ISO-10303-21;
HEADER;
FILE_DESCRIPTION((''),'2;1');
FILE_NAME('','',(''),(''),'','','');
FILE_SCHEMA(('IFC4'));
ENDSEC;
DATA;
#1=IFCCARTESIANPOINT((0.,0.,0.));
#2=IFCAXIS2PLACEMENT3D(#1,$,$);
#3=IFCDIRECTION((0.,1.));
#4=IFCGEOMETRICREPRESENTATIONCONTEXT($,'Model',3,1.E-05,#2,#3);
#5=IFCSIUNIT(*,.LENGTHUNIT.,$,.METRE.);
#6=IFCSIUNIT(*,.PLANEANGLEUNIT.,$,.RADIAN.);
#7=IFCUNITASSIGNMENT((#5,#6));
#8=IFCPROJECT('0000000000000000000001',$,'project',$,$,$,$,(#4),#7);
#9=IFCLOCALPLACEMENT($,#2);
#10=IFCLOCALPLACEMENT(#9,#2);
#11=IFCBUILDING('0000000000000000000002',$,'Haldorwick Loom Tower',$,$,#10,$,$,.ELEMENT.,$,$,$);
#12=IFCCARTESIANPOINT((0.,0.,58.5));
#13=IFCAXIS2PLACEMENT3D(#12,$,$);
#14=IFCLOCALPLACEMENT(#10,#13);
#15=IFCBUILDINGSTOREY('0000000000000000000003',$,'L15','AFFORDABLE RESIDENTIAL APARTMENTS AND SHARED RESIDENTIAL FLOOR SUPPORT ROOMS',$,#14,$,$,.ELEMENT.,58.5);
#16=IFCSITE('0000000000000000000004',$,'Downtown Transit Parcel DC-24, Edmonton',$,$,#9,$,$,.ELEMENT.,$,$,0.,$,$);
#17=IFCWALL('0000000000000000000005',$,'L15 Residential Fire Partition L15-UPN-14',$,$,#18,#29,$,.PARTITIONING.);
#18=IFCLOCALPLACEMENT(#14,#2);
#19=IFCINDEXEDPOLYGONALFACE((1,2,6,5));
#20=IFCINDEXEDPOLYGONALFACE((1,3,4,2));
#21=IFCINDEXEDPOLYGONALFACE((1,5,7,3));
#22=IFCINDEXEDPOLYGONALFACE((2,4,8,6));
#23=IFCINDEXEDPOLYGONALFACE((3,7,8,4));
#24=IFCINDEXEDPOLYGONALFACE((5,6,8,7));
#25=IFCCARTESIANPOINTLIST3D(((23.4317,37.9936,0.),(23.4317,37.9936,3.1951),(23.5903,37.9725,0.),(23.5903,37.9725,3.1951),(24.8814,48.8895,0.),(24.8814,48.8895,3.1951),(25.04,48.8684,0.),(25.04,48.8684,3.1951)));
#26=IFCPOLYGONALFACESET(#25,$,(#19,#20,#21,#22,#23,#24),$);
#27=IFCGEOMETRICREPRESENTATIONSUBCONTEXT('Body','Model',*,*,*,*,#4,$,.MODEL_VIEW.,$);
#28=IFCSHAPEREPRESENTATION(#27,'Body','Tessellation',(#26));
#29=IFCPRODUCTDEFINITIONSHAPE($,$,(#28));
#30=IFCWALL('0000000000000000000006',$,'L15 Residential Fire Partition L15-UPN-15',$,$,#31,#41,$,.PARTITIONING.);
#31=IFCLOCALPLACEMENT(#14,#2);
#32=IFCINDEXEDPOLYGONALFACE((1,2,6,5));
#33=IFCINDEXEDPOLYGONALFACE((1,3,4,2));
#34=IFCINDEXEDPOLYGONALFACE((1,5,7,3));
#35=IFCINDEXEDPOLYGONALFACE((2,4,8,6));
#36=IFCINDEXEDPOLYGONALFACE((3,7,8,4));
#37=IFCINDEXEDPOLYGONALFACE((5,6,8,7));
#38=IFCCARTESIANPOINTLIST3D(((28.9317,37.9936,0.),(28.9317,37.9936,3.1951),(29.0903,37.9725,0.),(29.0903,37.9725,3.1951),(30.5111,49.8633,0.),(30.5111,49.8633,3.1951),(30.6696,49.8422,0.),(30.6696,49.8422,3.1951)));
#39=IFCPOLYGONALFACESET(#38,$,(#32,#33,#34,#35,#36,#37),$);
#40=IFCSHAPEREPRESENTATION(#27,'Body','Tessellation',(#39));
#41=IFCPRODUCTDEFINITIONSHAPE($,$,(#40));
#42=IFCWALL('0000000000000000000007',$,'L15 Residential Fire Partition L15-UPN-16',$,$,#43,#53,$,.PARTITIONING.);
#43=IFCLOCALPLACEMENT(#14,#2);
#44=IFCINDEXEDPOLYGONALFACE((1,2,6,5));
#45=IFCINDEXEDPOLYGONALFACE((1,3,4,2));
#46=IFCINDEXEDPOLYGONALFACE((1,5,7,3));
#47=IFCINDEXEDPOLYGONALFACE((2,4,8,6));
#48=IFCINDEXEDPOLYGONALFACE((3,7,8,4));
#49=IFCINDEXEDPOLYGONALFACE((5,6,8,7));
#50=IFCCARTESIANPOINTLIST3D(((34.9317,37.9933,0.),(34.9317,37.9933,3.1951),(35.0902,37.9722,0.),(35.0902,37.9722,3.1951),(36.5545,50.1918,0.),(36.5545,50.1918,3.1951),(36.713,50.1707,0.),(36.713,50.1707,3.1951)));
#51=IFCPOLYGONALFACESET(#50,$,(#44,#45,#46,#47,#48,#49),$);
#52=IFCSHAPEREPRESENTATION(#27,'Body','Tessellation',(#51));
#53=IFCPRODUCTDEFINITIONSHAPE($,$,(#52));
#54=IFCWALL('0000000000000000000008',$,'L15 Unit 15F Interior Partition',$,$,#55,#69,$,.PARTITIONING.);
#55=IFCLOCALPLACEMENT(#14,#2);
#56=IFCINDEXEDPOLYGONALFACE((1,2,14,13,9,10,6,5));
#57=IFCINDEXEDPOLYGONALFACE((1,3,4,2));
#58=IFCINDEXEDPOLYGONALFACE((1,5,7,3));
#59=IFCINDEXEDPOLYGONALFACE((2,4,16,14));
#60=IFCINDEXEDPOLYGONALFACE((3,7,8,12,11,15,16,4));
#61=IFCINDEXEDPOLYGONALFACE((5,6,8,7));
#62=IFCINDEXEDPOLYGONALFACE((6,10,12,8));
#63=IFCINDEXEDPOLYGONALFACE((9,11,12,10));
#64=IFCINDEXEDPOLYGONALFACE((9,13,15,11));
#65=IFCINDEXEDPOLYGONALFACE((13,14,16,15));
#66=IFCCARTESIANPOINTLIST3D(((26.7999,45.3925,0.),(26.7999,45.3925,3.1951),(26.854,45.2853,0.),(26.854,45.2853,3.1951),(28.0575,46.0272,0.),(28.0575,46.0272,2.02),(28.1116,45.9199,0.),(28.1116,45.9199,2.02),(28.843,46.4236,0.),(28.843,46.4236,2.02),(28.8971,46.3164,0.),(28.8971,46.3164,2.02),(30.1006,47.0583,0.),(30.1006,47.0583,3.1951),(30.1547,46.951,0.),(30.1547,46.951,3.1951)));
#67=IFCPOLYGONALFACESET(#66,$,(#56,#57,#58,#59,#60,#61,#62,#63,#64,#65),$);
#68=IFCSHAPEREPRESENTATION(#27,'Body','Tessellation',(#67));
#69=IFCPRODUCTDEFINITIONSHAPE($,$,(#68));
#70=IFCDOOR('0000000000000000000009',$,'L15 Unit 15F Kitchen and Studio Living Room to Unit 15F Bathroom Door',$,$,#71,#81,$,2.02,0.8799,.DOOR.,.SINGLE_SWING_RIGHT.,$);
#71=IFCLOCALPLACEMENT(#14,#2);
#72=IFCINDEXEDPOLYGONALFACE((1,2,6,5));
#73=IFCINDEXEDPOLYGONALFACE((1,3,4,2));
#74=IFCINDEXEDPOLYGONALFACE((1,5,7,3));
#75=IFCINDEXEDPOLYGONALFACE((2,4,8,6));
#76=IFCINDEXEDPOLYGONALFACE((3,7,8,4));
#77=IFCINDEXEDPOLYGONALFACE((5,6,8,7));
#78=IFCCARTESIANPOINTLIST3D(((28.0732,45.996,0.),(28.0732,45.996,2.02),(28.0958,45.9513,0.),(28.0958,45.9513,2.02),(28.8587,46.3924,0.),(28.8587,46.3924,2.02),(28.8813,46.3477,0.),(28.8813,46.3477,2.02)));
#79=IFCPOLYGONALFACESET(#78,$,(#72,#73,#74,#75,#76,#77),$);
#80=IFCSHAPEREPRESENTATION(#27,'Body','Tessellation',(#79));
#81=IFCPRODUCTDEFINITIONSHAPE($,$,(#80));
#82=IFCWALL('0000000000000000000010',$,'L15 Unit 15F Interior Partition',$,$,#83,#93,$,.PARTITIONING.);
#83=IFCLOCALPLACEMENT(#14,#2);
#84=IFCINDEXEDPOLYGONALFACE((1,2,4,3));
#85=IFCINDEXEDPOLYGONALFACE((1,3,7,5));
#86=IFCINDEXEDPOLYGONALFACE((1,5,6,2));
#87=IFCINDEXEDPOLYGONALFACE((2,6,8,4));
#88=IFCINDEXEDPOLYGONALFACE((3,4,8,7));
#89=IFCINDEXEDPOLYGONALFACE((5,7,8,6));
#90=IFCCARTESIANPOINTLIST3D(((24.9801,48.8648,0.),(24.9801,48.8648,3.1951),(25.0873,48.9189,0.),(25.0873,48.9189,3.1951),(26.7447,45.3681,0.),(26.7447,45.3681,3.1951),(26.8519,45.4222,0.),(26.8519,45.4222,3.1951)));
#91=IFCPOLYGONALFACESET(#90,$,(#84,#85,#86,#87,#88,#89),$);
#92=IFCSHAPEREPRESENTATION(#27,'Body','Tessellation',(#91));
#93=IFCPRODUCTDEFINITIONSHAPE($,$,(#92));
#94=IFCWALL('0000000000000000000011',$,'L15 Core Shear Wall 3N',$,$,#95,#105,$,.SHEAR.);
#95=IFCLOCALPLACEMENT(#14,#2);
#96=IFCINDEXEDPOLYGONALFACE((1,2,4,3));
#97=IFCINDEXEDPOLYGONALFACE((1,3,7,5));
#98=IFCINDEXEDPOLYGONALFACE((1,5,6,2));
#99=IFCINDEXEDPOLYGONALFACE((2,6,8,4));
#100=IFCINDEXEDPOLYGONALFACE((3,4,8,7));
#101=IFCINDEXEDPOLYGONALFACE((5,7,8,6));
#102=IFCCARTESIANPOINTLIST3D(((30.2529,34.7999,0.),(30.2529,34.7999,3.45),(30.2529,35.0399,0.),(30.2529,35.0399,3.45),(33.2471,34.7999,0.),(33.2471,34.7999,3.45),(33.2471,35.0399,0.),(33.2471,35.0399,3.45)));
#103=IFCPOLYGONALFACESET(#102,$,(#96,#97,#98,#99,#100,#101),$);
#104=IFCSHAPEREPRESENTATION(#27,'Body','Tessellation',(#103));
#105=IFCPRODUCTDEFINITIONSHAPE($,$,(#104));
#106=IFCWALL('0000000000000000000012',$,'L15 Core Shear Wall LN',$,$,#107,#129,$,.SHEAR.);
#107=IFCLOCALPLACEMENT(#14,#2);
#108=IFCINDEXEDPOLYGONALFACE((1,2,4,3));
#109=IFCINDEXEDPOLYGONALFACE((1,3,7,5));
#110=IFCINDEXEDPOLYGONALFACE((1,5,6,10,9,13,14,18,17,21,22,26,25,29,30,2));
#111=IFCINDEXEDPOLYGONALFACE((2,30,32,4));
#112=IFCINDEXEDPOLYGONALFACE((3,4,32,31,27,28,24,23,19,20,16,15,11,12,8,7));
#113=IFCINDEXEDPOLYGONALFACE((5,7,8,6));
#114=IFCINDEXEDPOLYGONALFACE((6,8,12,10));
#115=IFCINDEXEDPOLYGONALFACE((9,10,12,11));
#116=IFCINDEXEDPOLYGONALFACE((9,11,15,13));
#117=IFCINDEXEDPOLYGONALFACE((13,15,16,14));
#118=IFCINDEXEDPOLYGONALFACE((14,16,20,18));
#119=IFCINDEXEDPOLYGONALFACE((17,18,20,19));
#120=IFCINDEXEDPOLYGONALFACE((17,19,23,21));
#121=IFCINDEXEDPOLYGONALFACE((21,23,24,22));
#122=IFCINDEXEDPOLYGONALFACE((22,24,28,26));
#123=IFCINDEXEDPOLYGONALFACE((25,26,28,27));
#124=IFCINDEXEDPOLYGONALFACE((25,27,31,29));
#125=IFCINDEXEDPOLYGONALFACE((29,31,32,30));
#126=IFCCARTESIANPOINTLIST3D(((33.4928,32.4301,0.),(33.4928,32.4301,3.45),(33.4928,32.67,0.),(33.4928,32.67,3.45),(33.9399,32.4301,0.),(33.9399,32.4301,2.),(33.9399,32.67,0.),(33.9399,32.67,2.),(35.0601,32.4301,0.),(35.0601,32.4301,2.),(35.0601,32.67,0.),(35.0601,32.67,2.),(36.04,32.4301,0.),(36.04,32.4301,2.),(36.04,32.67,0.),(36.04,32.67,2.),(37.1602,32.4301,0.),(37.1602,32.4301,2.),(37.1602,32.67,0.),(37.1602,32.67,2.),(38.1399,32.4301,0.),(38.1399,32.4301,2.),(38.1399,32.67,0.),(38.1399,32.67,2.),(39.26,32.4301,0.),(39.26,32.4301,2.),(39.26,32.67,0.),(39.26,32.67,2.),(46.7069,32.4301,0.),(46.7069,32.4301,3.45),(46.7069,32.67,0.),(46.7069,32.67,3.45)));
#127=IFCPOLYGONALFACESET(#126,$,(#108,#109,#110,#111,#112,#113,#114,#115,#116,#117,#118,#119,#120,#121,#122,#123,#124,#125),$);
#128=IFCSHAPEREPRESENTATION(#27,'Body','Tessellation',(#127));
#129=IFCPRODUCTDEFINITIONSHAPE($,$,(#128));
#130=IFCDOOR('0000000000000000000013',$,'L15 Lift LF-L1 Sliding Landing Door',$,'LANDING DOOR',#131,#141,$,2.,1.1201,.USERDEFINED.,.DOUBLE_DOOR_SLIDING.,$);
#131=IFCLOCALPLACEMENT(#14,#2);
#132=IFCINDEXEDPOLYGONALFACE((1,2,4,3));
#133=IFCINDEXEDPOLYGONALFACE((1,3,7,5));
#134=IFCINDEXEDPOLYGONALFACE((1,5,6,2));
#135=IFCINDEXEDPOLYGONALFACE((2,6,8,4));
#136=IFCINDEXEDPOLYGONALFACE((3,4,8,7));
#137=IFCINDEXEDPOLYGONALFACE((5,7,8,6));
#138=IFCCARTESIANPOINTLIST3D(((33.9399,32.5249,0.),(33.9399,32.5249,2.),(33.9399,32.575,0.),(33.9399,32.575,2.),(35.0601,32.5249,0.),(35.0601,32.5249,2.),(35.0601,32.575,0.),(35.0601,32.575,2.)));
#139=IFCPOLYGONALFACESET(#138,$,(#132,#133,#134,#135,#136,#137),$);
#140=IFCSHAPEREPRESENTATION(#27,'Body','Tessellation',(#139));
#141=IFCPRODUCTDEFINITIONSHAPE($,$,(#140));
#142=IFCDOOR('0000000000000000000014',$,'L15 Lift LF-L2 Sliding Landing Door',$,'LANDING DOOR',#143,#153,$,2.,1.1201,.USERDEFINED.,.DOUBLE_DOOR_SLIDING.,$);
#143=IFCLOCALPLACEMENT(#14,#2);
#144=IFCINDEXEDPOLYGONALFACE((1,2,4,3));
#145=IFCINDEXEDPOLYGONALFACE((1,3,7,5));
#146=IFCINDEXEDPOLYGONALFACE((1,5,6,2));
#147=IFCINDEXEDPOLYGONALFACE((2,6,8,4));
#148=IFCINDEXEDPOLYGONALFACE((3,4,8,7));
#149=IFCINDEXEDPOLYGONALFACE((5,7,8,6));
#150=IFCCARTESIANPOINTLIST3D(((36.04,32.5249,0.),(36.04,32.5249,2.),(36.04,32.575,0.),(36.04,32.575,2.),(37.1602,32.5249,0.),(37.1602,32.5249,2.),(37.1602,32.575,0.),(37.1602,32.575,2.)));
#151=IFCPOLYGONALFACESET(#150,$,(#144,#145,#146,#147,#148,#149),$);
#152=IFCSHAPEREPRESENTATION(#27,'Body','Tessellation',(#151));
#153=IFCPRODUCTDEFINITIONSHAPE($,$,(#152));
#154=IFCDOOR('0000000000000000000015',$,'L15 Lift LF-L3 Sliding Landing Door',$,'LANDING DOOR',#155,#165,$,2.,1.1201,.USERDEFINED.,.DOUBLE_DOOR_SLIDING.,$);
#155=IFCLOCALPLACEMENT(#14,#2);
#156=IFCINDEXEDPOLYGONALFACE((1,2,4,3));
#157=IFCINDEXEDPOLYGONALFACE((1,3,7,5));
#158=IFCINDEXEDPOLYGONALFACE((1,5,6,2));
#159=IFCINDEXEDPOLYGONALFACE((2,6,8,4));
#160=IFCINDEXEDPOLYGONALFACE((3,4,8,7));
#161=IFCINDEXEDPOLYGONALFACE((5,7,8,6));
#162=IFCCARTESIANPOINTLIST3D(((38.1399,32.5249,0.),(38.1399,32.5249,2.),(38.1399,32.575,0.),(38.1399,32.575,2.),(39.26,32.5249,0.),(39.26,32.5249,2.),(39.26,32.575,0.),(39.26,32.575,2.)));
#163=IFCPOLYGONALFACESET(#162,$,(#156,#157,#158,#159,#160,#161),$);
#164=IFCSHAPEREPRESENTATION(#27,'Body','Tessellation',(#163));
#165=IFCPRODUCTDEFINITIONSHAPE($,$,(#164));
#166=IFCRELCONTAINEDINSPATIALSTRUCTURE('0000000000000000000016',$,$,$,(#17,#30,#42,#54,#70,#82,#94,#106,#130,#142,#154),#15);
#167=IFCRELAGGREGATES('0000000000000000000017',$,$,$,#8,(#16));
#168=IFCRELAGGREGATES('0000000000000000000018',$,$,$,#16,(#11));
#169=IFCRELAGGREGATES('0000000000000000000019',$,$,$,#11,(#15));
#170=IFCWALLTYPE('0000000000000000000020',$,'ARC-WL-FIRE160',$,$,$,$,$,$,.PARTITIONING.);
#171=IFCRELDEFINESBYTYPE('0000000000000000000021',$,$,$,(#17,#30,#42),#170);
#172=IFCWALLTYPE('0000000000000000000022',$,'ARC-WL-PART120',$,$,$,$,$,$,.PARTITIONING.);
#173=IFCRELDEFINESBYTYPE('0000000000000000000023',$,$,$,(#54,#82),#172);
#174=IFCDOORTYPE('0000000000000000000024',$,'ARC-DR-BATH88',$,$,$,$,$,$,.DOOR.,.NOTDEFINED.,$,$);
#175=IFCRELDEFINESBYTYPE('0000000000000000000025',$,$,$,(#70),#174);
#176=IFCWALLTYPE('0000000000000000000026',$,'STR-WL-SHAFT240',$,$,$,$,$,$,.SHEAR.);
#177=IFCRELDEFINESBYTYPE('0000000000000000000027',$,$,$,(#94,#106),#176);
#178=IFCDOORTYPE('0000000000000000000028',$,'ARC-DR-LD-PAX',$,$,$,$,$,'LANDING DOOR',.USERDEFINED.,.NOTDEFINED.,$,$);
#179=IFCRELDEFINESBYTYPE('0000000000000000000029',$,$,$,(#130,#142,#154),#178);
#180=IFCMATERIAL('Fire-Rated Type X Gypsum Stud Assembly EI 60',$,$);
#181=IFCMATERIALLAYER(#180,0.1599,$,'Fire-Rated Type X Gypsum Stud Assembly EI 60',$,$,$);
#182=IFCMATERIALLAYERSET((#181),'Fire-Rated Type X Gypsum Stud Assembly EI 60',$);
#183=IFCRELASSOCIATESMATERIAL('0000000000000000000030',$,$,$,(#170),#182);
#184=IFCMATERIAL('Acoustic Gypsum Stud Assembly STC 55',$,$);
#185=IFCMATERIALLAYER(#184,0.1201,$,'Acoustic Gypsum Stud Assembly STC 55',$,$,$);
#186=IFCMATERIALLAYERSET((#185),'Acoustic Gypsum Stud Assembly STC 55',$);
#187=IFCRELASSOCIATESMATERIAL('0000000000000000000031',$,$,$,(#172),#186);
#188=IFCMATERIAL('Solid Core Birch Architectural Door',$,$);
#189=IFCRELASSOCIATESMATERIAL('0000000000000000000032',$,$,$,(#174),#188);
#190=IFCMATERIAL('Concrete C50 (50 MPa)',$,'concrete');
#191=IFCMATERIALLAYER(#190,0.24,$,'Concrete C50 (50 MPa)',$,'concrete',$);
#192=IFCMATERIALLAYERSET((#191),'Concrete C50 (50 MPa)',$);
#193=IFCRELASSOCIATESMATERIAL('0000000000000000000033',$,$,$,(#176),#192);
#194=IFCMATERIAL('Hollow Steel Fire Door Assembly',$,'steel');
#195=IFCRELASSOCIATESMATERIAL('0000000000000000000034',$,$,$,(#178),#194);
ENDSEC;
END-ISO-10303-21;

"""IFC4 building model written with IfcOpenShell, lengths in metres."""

from ifc_helpers import new_model, si_unit, direction, frame, frame_2d, origin, place, context, subcontext, project, spatial, rectangle, extrude, material, layer, layer_set, type_object, element, fill, save


model = new_model("IFC4")

# Units and contexts
model_context = context("Model", 3, precision=1e-05, world=origin(), true_north=direction((0.0, 1.0)))
body_context = subcontext(model_context, "Body", "Model", "MODEL_VIEW")
ifc_project = project(units=[si_unit("LENGTHUNIT", "METRE"), si_unit("PLANEANGLEUNIT", "RADIAN")], contexts=[model_context])

# Site, building, storey
site_placement = place(None, origin())
site = spatial("IfcSite", under=ifc_project, at=site_placement, Name="Downtown Transit Parcel DC-24, Edmonton", CompositionType="ELEMENT", RefElevation=0.0)
building_placement = place(site_placement, origin())
building = spatial("IfcBuilding", under=site, at=building_placement, Name="Haldorwick Loom Tower", CompositionType="ELEMENT")
storey_placement = place(building_placement, frame((0.0, 0.0, 58.5)))
storey = spatial("IfcBuildingStorey", under=building, at=storey_placement, Name="L15", Description="AFFORDABLE RESIDENTIAL APARTMENTS AND SHARED RESIDENTIAL FLOOR SUPPORT ROOMS", CompositionType="ELEMENT", Elevation=58.5)

# Walls
ifc_material_1 = material(Name="Fire-Rated Type X Gypsum Stud Assembly EI 60")
ifc_layer_1 = layer(ifc_material_1, 0.1599, Name="Fire-Rated Type X Gypsum Stud Assembly EI 60")
ifc_layer_set_1 = layer_set([ifc_layer_1], Name="Fire-Rated Type X Gypsum Stud Assembly EI 60")
wall_type_1 = type_object("IfcWallType", Name="ARC-WL-FIRE160", PredefinedType="PARTITIONING", material=ifc_layer_set_1)
wall_1_placement = place(storey_placement, frame((23.511, 37.9829, 0.0), z_axis=(0.0, 0.0, 1.0), x_axis=(0.131887, 0.991265, 0.0)))
element("IfcWall", 1, at=wall_1_placement, inside=storey, type_object=wall_type_1, Name="L15 Residential Fire Partition L15-UPN-14", PredefinedType="PARTITIONING", context=body_context, shape_type="SweptSolid", body=[
    extrude(rectangle(XDim=10.9919, YDim=0.1599, at=frame_2d((5.4961, 0.0))), origin(), (0.0, 0.0, 1.0), 3.1951),
])
wall_2_placement = place(storey_placement, frame((29.011, 37.9829, 0.0), z_axis=(0.0, 0.0, 1.0), x_axis=(0.131893, 0.991264, 0.0)))
element("IfcWall", 2, at=wall_2_placement, inside=storey, type_object=wall_type_1, Name="L15 Residential Fire Partition L15-UPN-15", PredefinedType="PARTITIONING", context=body_context, shape_type="SweptSolid", body=[
    extrude(rectangle(XDim=11.9744, YDim=0.1599, at=frame_2d((5.9873, 0.0))), origin(), (0.0, 0.0, 1.0), 3.1951),
])
wall_3_placement = place(storey_placement, frame((35.011, 37.9829, 0.0), z_axis=(0.0, 0.0, 1.0), x_axis=(0.131871, 0.991267, 0.0)))
element("IfcWall", 3, at=wall_3_placement, inside=storey, type_object=wall_type_1, Name="L15 Residential Fire Partition L15-UPN-16", PredefinedType="PARTITIONING", context=body_context, shape_type="SweptSolid", body=[
    extrude(rectangle(XDim=12.3059, YDim=0.1599, at=frame_2d((6.1528, 0.0))), origin(), (0.0, 0.0, 1.0), 3.1951),
])

# Wall, opening, door
ifc_material_2 = material(Name="Acoustic Gypsum Stud Assembly STC 55")
ifc_layer_2 = layer(ifc_material_2, 0.1201, Name="Acoustic Gypsum Stud Assembly STC 55")
ifc_layer_set_2 = layer_set([ifc_layer_2], Name="Acoustic Gypsum Stud Assembly STC 55")
wall_type_2 = type_object("IfcWallType", Name="ARC-WL-PART120", PredefinedType="PARTITIONING", material=ifc_layer_set_2)
wall_4_placement = place(storey_placement, frame((30.1277, 47.0046, 0.0), z_axis=(0.0, 0.0, 1.0), x_axis=(-0.892757, -0.450539, 0.0)))
wall_4 = element("IfcWall", 4, at=wall_4_placement, inside=storey, type_object=wall_type_2, Name="L15 Unit 15F Interior Partition", PredefinedType="PARTITIONING", context=body_context, shape_type="SweptSolid", body=[
    extrude(rectangle(XDim=3.6973, YDim=0.1201, at=frame_2d((1.8486, 0.0))), origin(), (0.0, 0.0, 1.0), 3.1951),
])
opening_1_placement = place(wall_4_placement, frame((1.4087, 0.0, 0.0)))
opening_1 = element("IfcOpeningElement", 5, at=opening_1_placement, cuts=wall_4, PredefinedType="OPENING", context=body_context, shape_type="SweptSolid", body=[
    extrude(rectangle(XDim=0.8799, YDim=2.02, at=frame_2d((0.4399, 1.01))), frame((0.0, 0.0701, 0.0), z_axis=(0.0, -1.0, 0.0), x_axis=(1.0, 0.0, 0.0)), (0.0, 0.0, 1.0), 0.1401),
])
ifc_material_3 = material(Name="Solid Core Birch Architectural Door")
door_type_1 = type_object("IfcDoorType", Name="ARC-DR-BATH88", OperationType="NOTDEFINED", PredefinedType="DOOR", material=ifc_material_3)
door_1_placement = place(opening_1_placement, origin())
door_1 = element("IfcDoor", 6, at=door_1_placement, inside=storey, type_object=door_type_1, Name="L15 Unit 15F Kitchen and Studio Living Room to Unit 15F Bathroom Door", OperationType="SINGLE_SWING_RIGHT", OverallHeight=2.02, OverallWidth=0.8799, PredefinedType="DOOR", context=body_context, shape_type="SweptSolid", body=[
    extrude(rectangle(XDim=0.8799, YDim=2.02, at=frame_2d((0.4399, 1.01))), frame((0.0, 0.0249, 0.0), z_axis=(0.0, -1.0, 0.0), x_axis=(1.0, 0.0, 0.0)), (0.0, 0.0, 1.0), 0.05),
])
fill(opening_1, door_1)

# Walls
wall_5_placement = place(storey_placement, frame((26.7983, 45.395, 0.0), z_axis=(0.0, 0.0, 1.0), x_axis=(-0.450527, 0.892763, 0.0)))
element("IfcWall", 7, at=wall_5_placement, inside=storey, type_object=wall_type_2, Name="L15 Unit 15F Interior Partition", PredefinedType="PARTITIONING", context=body_context, shape_type="SweptSolid", body=[
    extrude(rectangle(XDim=3.9167, YDim=0.1201, at=frame_2d((1.9585, 0.0))), origin(), (0.0, 0.0, 1.0), 3.1951),
])
ifc_material_4 = material(Name="Concrete C50 (50 MPa)", Category="concrete")
ifc_layer_3 = layer(ifc_material_4, 0.24, Name="Concrete C50 (50 MPa)", Category="concrete")
ifc_layer_set_3 = layer_set([ifc_layer_3], Name="Concrete C50 (50 MPa)")
wall_type_3 = type_object("IfcWallType", Name="STR-WL-SHAFT240", PredefinedType="SHEAR", material=ifc_layer_set_3)
wall_6_placement = place(storey_placement, frame((30.2529, 34.9199, 0.0), z_axis=(0.0, 0.0, 1.0), x_axis=(1.0, 0.0, 0.0)))
element("IfcWall", 8, at=wall_6_placement, inside=storey, type_object=wall_type_3, Name="L15 Core Shear Wall 3N", PredefinedType="SHEAR", context=body_context, shape_type="SweptSolid", body=[
    extrude(rectangle(XDim=2.9941, YDim=0.24, at=frame_2d((1.4971, 0.0))), origin(), (0.0, 0.0, 1.0), 3.45),
])

# Wall, openings, doors
wall_7_placement = place(storey_placement, frame((33.4929, 32.55, 0.0), z_axis=(0.0, 0.0, 1.0), x_axis=(1.0, 0.0, 0.0)))
wall_7 = element("IfcWall", 9, at=wall_7_placement, inside=storey, type_object=wall_type_3, Name="L15 Core Shear Wall LN", PredefinedType="SHEAR", context=body_context, shape_type="SweptSolid", body=[
    extrude(rectangle(XDim=13.2141, YDim=0.24, at=frame_2d((6.6069, 0.0))), origin(), (0.0, 0.0, 1.0), 3.45),
])
opening_2_placement = place(wall_7_placement, frame((0.447, 0.0, 0.0)))
opening_2 = element("IfcOpeningElement", 10, at=opening_2_placement, cuts=wall_7, PredefinedType="OPENING", context=body_context, shape_type="SweptSolid", body=[
    extrude(rectangle(XDim=1.1201, YDim=2.0, at=frame_2d((0.5601, 1.0))), frame((0.0, 0.1299, 0.0), z_axis=(0.0, -1.0, 0.0), x_axis=(1.0, 0.0, 0.0)), (0.0, 0.0, 1.0), 0.26),
])
opening_3_placement = place(wall_7_placement, frame((2.5471, 0.0, 0.0)))
opening_3 = element("IfcOpeningElement", 11, at=opening_3_placement, cuts=wall_7, PredefinedType="OPENING", context=body_context, shape_type="SweptSolid", body=[
    extrude(rectangle(XDim=1.1201, YDim=2.0, at=frame_2d((0.5601, 1.0))), frame((0.0, 0.1299, 0.0), z_axis=(0.0, -1.0, 0.0), x_axis=(1.0, 0.0, 0.0)), (0.0, 0.0, 1.0), 0.26),
])
opening_4_placement = place(wall_7_placement, frame((4.647, 0.0, 0.0)))
opening_4 = element("IfcOpeningElement", 12, at=opening_4_placement, cuts=wall_7, PredefinedType="OPENING", context=body_context, shape_type="SweptSolid", body=[
    extrude(rectangle(XDim=1.1201, YDim=2.0, at=frame_2d((0.5601, 1.0))), frame((0.0, 0.1299, 0.0), z_axis=(0.0, -1.0, 0.0), x_axis=(1.0, 0.0, 0.0)), (0.0, 0.0, 1.0), 0.26),
])
ifc_material_5 = material(Name="Hollow Steel Fire Door Assembly", Category="steel")
door_type_2 = type_object("IfcDoorType", Name="ARC-DR-LD-PAX", ElementType="LANDING DOOR", OperationType="NOTDEFINED", PredefinedType="USERDEFINED", material=ifc_material_5)
door_2_placement = place(opening_2_placement, origin())
door_2 = element("IfcDoor", 13, at=door_2_placement, inside=storey, type_object=door_type_2, Name="L15 Lift LF-L1 Sliding Landing Door", ObjectType="LANDING DOOR", OperationType="DOUBLE_DOOR_SLIDING", OverallHeight=2.0, OverallWidth=1.1201, PredefinedType="USERDEFINED", context=body_context, shape_type="SweptSolid", body=[
    extrude(rectangle(XDim=1.1201, YDim=2.0, at=frame_2d((0.5601, 1.0))), frame((0.0, 0.0249, 0.0), z_axis=(0.0, -1.0, 0.0), x_axis=(1.0, 0.0, 0.0)), (0.0, 0.0, 1.0), 0.05),
])
fill(opening_2, door_2)
door_3_placement = place(opening_3_placement, origin())
door_3 = element("IfcDoor", 14, at=door_3_placement, inside=storey, type_object=door_type_2, Name="L15 Lift LF-L2 Sliding Landing Door", ObjectType="LANDING DOOR", OperationType="DOUBLE_DOOR_SLIDING", OverallHeight=2.0, OverallWidth=1.1201, PredefinedType="USERDEFINED", context=body_context, shape_type="SweptSolid", body=[
    extrude(rectangle(XDim=1.1201, YDim=2.0, at=frame_2d((0.5601, 1.0))), frame((0.0, 0.0249, 0.0), z_axis=(0.0, -1.0, 0.0), x_axis=(1.0, 0.0, 0.0)), (0.0, 0.0, 1.0), 0.05),
])
fill(opening_3, door_3)
door_4_placement = place(opening_4_placement, origin())
door_4 = element("IfcDoor", 15, at=door_4_placement, inside=storey, type_object=door_type_2, Name="L15 Lift LF-L3 Sliding Landing Door", ObjectType="LANDING DOOR", OperationType="DOUBLE_DOOR_SLIDING", OverallHeight=2.0, OverallWidth=1.1201, PredefinedType="USERDEFINED", context=body_context, shape_type="SweptSolid", body=[
    extrude(rectangle(XDim=1.1201, YDim=2.0, at=frame_2d((0.5601, 1.0))), frame((0.0, 0.0249, 0.0), z_axis=(0.0, -1.0, 0.0), x_axis=(1.0, 0.0, 0.0)), (0.0, 0.0, 1.0), 0.05),
])
fill(opening_4, door_4)

save(model, "model.ifc")
